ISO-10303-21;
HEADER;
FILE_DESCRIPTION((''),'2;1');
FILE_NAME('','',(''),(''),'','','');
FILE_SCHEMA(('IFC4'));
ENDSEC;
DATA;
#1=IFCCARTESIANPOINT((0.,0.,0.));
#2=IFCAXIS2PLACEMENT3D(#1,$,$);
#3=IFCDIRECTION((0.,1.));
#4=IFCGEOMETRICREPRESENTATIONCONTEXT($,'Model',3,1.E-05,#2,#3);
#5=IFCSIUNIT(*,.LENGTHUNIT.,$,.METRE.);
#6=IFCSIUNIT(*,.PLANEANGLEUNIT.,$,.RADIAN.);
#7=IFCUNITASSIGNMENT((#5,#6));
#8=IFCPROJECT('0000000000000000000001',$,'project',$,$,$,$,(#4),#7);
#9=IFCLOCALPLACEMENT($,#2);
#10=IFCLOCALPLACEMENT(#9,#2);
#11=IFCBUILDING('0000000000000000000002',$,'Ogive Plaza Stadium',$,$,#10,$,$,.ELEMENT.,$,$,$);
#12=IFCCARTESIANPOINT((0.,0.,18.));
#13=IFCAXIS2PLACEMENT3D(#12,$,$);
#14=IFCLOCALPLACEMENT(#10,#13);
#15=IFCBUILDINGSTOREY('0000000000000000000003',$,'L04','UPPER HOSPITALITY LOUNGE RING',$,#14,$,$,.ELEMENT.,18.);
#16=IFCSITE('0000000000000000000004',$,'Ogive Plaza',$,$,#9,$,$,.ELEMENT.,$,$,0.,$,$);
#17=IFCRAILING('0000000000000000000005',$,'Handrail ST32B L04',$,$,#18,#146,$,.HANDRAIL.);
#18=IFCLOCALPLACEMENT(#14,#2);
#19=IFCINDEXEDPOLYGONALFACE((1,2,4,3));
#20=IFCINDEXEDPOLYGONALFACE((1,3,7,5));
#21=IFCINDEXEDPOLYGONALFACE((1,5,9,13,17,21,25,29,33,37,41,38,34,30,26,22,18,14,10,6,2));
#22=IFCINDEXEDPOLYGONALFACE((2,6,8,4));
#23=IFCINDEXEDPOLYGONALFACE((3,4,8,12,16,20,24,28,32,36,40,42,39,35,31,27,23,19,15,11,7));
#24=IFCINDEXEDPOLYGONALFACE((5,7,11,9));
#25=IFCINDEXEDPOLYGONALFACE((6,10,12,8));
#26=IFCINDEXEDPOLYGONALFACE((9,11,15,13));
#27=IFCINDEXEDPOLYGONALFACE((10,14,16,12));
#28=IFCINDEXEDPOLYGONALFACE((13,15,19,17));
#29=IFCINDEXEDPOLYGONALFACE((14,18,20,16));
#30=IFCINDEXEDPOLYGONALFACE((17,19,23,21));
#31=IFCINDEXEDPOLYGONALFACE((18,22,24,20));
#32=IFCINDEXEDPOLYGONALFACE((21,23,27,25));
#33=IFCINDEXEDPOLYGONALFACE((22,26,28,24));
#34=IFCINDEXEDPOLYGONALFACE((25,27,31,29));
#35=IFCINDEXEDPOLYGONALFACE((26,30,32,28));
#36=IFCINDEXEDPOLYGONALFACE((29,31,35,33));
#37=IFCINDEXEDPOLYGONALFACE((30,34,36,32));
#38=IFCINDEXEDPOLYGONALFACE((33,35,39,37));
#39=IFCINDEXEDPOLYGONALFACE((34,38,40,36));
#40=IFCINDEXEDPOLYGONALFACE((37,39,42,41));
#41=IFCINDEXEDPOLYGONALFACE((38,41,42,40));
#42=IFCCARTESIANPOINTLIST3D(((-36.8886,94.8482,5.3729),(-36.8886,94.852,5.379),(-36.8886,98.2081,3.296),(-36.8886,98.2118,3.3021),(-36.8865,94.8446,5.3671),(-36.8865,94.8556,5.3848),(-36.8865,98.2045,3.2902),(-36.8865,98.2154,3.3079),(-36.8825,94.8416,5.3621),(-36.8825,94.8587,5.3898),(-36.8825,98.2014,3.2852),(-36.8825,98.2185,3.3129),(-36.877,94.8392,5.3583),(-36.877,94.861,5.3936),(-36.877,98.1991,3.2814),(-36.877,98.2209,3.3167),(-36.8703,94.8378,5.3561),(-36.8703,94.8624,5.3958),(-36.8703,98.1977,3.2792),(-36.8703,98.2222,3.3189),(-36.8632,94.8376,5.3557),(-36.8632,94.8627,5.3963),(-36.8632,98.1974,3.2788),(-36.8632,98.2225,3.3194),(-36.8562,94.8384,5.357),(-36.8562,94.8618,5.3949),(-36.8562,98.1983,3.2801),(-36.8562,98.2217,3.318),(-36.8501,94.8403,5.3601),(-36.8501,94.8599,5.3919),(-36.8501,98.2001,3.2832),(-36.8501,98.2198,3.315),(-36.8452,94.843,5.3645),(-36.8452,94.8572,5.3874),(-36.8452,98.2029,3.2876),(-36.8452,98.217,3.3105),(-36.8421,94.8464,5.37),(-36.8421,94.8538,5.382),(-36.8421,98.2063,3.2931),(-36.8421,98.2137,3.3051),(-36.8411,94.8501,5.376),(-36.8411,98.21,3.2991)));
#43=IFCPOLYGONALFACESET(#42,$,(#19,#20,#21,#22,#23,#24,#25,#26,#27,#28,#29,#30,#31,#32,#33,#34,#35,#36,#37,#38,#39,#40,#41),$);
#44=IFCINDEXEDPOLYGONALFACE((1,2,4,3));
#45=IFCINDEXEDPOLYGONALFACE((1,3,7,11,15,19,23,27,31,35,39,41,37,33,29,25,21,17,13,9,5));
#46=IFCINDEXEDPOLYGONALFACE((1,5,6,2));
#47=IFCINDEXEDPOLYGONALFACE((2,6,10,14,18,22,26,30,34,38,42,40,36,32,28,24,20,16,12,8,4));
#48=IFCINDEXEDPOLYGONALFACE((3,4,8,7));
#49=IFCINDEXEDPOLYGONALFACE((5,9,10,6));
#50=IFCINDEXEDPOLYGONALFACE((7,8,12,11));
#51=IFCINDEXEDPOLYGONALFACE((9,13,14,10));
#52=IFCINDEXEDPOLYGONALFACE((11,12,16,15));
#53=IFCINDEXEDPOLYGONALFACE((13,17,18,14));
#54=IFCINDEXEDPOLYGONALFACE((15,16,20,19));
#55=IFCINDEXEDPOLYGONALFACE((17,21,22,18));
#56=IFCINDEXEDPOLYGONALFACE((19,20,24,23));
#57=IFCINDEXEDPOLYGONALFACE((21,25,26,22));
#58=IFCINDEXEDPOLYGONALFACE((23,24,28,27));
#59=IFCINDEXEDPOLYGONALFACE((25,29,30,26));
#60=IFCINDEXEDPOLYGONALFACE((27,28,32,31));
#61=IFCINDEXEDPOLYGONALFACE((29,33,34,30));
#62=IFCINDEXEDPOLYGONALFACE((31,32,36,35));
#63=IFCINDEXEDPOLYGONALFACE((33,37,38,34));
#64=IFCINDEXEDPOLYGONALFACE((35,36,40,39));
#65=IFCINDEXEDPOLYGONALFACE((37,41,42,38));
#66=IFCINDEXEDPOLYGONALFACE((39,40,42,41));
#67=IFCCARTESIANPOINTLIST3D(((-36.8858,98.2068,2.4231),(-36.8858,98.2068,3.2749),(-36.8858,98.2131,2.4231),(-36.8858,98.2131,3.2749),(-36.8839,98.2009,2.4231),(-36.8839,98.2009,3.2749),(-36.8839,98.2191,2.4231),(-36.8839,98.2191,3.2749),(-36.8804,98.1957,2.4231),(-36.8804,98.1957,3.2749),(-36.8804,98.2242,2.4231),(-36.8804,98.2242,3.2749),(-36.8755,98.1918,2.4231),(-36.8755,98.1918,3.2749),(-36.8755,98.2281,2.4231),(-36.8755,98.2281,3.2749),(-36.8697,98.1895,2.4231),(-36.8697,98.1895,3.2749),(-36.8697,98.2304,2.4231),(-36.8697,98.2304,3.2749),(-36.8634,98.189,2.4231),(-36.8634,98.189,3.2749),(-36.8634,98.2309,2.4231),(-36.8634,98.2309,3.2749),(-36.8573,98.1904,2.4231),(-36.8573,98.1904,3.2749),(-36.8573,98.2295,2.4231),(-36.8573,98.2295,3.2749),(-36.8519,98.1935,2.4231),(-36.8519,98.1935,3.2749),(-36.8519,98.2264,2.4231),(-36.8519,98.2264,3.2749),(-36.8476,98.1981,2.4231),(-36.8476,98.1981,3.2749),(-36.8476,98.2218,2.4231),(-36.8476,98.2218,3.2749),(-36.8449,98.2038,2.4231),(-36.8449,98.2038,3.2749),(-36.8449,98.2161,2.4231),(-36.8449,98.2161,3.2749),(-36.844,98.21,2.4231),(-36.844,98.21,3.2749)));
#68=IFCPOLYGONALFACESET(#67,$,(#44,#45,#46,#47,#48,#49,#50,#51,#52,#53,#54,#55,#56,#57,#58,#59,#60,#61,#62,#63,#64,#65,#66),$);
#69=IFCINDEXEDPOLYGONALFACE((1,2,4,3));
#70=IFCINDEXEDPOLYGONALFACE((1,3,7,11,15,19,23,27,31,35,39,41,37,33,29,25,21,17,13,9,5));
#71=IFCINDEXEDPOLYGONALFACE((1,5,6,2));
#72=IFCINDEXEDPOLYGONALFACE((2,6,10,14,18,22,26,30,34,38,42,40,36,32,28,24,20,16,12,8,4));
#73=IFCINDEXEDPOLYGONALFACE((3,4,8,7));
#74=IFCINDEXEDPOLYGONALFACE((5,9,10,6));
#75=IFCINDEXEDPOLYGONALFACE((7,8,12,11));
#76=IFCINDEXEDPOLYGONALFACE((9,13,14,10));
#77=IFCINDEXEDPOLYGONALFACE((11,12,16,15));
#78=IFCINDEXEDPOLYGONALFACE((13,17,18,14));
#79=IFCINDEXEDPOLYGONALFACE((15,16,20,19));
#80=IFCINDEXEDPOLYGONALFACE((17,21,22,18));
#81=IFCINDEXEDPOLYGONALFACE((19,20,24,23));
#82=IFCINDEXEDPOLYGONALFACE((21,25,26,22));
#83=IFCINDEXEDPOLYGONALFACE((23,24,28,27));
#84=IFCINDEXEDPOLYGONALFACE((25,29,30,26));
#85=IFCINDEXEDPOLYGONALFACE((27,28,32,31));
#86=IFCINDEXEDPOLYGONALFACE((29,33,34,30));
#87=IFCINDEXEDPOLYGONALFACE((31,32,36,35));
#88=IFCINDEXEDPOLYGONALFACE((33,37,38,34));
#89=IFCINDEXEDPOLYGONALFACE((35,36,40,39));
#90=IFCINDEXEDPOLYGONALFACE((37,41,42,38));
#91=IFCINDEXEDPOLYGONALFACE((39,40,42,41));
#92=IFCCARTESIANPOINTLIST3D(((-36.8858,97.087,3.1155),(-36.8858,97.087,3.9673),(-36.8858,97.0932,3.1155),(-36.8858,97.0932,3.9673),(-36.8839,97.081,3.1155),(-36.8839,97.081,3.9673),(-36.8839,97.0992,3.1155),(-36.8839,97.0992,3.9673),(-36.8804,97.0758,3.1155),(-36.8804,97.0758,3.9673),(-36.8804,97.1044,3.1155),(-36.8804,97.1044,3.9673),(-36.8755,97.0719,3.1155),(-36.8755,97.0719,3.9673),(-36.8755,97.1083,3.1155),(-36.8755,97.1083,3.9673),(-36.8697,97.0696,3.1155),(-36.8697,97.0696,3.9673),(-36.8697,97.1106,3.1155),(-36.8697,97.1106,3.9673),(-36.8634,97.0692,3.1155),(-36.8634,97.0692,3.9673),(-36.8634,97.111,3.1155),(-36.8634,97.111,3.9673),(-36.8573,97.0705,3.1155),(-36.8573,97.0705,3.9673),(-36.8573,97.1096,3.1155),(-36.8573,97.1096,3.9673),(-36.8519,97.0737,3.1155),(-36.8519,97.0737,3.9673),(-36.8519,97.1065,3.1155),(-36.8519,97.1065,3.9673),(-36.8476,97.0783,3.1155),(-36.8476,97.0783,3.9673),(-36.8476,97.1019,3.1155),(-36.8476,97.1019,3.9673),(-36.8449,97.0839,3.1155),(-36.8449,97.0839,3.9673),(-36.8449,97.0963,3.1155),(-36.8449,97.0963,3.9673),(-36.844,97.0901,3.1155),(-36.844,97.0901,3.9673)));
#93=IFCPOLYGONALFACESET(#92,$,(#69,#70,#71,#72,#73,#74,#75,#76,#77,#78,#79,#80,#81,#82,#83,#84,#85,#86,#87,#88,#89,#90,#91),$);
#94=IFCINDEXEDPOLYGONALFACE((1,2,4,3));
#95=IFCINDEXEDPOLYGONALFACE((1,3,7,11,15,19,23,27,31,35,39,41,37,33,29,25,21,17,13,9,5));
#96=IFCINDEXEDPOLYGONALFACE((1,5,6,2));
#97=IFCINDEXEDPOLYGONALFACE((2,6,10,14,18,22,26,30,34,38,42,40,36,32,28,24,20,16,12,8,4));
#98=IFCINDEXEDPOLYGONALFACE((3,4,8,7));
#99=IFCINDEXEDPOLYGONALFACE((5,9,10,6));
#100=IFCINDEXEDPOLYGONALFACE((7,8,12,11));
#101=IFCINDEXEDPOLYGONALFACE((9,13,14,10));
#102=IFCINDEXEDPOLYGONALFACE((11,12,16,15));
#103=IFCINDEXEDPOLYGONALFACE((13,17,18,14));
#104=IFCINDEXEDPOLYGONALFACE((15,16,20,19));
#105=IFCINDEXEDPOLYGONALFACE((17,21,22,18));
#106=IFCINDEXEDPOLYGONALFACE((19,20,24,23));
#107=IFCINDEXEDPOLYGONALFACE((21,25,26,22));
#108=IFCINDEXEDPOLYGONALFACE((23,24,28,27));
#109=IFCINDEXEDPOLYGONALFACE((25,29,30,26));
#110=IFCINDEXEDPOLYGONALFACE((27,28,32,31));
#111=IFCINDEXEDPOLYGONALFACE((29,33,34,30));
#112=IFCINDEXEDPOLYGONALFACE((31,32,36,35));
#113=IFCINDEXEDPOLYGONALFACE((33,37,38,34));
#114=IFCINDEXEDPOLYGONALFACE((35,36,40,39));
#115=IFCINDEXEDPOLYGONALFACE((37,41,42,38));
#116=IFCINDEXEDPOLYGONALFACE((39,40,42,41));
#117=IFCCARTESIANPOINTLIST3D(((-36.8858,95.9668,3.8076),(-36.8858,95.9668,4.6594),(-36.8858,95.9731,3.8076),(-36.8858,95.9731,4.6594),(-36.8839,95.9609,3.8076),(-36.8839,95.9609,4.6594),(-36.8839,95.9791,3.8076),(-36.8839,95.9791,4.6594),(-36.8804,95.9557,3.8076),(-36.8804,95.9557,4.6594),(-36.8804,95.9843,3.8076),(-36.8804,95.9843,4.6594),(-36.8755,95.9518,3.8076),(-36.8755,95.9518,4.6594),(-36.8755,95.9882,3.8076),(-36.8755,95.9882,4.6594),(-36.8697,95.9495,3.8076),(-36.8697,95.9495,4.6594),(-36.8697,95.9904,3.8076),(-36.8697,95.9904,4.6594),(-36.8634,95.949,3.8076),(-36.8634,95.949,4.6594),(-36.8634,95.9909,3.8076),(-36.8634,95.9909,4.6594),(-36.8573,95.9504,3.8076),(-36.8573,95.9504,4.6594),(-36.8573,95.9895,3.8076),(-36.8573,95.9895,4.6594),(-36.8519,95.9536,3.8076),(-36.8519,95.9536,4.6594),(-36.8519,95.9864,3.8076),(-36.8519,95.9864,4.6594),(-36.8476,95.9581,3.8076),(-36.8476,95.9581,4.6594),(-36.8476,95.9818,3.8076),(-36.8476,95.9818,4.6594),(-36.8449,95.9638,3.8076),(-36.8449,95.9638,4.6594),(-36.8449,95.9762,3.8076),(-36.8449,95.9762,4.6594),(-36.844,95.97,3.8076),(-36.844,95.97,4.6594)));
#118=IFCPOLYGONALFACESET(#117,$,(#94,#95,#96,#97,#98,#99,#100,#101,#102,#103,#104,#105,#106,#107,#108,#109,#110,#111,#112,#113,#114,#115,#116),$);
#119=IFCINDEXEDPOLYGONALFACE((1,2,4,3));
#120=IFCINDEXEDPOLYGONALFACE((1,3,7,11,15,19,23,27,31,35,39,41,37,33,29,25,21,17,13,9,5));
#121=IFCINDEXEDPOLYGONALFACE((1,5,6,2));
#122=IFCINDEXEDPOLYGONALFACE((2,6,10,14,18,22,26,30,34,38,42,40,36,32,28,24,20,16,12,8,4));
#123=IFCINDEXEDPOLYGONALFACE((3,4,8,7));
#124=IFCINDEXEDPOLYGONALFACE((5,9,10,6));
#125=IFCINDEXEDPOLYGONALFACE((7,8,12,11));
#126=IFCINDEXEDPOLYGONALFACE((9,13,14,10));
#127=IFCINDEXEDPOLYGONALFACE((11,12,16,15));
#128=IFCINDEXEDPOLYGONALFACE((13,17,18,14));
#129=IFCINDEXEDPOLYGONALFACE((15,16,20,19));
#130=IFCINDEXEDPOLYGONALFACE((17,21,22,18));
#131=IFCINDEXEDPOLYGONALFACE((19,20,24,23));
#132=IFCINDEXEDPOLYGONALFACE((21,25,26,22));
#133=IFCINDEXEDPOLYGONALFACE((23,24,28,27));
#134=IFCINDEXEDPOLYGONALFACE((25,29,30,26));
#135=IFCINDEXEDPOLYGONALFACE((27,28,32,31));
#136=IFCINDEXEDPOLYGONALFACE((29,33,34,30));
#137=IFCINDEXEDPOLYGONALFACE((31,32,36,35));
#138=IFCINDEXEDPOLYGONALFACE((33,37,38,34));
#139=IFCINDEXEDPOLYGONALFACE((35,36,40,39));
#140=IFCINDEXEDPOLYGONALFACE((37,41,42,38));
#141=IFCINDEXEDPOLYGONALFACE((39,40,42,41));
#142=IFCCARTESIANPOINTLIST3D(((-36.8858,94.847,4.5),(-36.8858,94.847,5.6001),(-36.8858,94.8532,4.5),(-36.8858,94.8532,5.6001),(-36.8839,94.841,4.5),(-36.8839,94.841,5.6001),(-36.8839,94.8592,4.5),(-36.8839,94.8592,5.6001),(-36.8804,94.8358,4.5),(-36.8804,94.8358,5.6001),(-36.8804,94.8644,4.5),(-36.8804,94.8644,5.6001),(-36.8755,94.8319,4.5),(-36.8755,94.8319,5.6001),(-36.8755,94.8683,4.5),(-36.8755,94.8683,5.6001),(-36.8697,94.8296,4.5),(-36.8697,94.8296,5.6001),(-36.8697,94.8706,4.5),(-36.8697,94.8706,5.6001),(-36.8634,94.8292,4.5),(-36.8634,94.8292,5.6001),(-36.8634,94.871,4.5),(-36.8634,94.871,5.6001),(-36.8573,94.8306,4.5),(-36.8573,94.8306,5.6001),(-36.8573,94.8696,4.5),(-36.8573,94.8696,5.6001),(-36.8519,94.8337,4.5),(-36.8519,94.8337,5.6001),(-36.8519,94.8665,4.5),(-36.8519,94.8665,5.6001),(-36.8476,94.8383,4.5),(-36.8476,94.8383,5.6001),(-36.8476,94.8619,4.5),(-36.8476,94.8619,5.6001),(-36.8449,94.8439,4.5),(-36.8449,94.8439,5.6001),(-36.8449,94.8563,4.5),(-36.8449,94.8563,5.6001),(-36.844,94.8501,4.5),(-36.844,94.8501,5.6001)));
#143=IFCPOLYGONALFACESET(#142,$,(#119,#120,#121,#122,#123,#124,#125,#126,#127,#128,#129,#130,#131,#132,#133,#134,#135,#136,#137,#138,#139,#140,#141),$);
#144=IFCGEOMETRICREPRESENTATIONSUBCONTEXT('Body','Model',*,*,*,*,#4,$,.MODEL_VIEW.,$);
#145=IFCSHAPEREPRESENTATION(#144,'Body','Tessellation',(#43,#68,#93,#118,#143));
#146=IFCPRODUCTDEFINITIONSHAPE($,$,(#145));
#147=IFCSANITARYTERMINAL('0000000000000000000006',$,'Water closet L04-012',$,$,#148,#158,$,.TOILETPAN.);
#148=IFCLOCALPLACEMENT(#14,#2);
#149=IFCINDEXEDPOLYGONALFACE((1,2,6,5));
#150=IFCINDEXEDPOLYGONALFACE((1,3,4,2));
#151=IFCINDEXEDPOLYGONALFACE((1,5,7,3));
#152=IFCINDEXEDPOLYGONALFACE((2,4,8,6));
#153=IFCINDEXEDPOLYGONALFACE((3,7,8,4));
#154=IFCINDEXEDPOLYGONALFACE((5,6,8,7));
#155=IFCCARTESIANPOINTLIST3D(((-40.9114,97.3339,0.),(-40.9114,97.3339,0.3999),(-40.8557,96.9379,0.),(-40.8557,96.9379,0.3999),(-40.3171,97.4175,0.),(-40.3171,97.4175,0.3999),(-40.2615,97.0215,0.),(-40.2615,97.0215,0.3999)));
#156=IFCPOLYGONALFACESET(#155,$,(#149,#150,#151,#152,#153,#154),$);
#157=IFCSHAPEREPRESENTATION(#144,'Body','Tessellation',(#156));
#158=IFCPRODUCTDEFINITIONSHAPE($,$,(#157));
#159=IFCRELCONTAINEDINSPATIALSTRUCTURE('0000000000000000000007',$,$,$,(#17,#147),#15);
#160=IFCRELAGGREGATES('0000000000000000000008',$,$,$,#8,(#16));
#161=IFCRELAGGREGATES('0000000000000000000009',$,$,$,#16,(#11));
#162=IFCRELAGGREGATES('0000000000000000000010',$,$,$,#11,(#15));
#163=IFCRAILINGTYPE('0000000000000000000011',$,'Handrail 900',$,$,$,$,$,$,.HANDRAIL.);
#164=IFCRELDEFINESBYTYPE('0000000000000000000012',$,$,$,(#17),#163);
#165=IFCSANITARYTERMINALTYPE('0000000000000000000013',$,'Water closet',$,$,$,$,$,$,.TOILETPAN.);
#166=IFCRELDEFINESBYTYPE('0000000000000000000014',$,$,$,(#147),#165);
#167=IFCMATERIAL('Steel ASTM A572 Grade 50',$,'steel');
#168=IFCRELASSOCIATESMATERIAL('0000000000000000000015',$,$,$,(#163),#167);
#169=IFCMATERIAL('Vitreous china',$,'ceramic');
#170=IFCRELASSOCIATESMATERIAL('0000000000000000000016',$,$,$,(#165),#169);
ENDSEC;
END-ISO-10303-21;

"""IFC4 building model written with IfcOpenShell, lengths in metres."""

from ifc_helpers import new_model, si_unit, direction, frame, origin, origin_2d, place, context, subcontext, project, spatial, rectangle, circle, extrude, material, type_object, element, save


model = new_model("IFC4")

# Units and contexts
model_context = context("Model", 3, precision=1e-05, world=origin(), true_north=direction((0.0, 1.0)))
body_context = subcontext(model_context, "Body", "Model", "MODEL_VIEW")
ifc_project = project(units=[si_unit("LENGTHUNIT", "METRE"), si_unit("PLANEANGLEUNIT", "RADIAN")], contexts=[model_context])

# Site, building, storey
site_placement = place(None, origin())
site = spatial("IfcSite", under=ifc_project, at=site_placement, Name="Ogive Plaza", CompositionType="ELEMENT", RefElevation=0.0)
building_placement = place(site_placement, origin())
building = spatial("IfcBuilding", under=site, at=building_placement, Name="Ogive Plaza Stadium", CompositionType="ELEMENT")
storey_placement = place(building_placement, frame((0.0, 0.0, 18.0)))
storey = spatial("IfcBuildingStorey", under=building, at=storey_placement, Name="L04", Description="UPPER HOSPITALITY LOUNGE RING", CompositionType="ELEMENT", Elevation=18.0)

# Railing
ifc_material_1 = material(Name="Steel ASTM A572 Grade 50", Category="steel")
railing_type_1 = type_object("IfcRailingType", Name="Handrail 900", PredefinedType="HANDRAIL", material=ifc_material_1)
for number, where, name in (
    (1, (-36.865, 98.21, 2.4231), "Handrail ST32B L04"),
):
    element("IfcRailing", number, at=place(storey_placement, frame(where)), inside=storey, type_object=railing_type_1, Name=name, PredefinedType="HANDRAIL", context=body_context, shape_type="SweptSolid", body=[
        extrude(circle(Radius=0.0239, at=origin_2d()), frame((0.0, 0.0, 0.876), z_axis=(0.0, -0.850606, 0.525803), x_axis=(1.0, 0.0, 0.0)), (0.0, 0.0, 1.0), 3.95),
        extrude(circle(Radius=0.021, at=origin_2d()), origin(), (0.0, 0.0, 1.0), 0.8518),
        extrude(circle(Radius=0.021, at=origin_2d()), frame((0.0, -1.1199, 0.6924)), (0.0, 0.0, 1.0), 0.8518),
        extrude(circle(Radius=0.021, at=origin_2d()), frame((0.0, -2.24, 1.3845)), (0.0, 0.0, 1.0), 0.8518),
        extrude(circle(Radius=0.021, at=origin_2d()), frame((0.0, -3.3599, 2.0769)), (0.0, 0.0, 1.0), 1.1001),
    ])

# Sanitary terminal
ifc_material_2 = material(Name="Vitreous china", Category="ceramic")
sanitary_terminal_type = type_object("IfcSanitaryTerminalType", Name="Water closet", PredefinedType="TOILETPAN", material=ifc_material_2)
sanitary_terminal_placement = place(storey_placement, frame((-40.5864, 97.1777, 0.0), z_axis=(0.0, 0.0, 1.0), x_axis=(0.139272, -0.990254, 0.0)))
element("IfcSanitaryTerminal", 2, at=sanitary_terminal_placement, inside=storey, type_object=sanitary_terminal_type, Name="Water closet L04-012", PredefinedType="TOILETPAN", context=body_context, shape_type="SweptSolid", body=[
    extrude(rectangle(XDim=0.3999, YDim=0.6001, at=origin_2d()), origin(), (0.0, 0.0, 1.0), 0.3999),
])

save(model, "model.ifc")
